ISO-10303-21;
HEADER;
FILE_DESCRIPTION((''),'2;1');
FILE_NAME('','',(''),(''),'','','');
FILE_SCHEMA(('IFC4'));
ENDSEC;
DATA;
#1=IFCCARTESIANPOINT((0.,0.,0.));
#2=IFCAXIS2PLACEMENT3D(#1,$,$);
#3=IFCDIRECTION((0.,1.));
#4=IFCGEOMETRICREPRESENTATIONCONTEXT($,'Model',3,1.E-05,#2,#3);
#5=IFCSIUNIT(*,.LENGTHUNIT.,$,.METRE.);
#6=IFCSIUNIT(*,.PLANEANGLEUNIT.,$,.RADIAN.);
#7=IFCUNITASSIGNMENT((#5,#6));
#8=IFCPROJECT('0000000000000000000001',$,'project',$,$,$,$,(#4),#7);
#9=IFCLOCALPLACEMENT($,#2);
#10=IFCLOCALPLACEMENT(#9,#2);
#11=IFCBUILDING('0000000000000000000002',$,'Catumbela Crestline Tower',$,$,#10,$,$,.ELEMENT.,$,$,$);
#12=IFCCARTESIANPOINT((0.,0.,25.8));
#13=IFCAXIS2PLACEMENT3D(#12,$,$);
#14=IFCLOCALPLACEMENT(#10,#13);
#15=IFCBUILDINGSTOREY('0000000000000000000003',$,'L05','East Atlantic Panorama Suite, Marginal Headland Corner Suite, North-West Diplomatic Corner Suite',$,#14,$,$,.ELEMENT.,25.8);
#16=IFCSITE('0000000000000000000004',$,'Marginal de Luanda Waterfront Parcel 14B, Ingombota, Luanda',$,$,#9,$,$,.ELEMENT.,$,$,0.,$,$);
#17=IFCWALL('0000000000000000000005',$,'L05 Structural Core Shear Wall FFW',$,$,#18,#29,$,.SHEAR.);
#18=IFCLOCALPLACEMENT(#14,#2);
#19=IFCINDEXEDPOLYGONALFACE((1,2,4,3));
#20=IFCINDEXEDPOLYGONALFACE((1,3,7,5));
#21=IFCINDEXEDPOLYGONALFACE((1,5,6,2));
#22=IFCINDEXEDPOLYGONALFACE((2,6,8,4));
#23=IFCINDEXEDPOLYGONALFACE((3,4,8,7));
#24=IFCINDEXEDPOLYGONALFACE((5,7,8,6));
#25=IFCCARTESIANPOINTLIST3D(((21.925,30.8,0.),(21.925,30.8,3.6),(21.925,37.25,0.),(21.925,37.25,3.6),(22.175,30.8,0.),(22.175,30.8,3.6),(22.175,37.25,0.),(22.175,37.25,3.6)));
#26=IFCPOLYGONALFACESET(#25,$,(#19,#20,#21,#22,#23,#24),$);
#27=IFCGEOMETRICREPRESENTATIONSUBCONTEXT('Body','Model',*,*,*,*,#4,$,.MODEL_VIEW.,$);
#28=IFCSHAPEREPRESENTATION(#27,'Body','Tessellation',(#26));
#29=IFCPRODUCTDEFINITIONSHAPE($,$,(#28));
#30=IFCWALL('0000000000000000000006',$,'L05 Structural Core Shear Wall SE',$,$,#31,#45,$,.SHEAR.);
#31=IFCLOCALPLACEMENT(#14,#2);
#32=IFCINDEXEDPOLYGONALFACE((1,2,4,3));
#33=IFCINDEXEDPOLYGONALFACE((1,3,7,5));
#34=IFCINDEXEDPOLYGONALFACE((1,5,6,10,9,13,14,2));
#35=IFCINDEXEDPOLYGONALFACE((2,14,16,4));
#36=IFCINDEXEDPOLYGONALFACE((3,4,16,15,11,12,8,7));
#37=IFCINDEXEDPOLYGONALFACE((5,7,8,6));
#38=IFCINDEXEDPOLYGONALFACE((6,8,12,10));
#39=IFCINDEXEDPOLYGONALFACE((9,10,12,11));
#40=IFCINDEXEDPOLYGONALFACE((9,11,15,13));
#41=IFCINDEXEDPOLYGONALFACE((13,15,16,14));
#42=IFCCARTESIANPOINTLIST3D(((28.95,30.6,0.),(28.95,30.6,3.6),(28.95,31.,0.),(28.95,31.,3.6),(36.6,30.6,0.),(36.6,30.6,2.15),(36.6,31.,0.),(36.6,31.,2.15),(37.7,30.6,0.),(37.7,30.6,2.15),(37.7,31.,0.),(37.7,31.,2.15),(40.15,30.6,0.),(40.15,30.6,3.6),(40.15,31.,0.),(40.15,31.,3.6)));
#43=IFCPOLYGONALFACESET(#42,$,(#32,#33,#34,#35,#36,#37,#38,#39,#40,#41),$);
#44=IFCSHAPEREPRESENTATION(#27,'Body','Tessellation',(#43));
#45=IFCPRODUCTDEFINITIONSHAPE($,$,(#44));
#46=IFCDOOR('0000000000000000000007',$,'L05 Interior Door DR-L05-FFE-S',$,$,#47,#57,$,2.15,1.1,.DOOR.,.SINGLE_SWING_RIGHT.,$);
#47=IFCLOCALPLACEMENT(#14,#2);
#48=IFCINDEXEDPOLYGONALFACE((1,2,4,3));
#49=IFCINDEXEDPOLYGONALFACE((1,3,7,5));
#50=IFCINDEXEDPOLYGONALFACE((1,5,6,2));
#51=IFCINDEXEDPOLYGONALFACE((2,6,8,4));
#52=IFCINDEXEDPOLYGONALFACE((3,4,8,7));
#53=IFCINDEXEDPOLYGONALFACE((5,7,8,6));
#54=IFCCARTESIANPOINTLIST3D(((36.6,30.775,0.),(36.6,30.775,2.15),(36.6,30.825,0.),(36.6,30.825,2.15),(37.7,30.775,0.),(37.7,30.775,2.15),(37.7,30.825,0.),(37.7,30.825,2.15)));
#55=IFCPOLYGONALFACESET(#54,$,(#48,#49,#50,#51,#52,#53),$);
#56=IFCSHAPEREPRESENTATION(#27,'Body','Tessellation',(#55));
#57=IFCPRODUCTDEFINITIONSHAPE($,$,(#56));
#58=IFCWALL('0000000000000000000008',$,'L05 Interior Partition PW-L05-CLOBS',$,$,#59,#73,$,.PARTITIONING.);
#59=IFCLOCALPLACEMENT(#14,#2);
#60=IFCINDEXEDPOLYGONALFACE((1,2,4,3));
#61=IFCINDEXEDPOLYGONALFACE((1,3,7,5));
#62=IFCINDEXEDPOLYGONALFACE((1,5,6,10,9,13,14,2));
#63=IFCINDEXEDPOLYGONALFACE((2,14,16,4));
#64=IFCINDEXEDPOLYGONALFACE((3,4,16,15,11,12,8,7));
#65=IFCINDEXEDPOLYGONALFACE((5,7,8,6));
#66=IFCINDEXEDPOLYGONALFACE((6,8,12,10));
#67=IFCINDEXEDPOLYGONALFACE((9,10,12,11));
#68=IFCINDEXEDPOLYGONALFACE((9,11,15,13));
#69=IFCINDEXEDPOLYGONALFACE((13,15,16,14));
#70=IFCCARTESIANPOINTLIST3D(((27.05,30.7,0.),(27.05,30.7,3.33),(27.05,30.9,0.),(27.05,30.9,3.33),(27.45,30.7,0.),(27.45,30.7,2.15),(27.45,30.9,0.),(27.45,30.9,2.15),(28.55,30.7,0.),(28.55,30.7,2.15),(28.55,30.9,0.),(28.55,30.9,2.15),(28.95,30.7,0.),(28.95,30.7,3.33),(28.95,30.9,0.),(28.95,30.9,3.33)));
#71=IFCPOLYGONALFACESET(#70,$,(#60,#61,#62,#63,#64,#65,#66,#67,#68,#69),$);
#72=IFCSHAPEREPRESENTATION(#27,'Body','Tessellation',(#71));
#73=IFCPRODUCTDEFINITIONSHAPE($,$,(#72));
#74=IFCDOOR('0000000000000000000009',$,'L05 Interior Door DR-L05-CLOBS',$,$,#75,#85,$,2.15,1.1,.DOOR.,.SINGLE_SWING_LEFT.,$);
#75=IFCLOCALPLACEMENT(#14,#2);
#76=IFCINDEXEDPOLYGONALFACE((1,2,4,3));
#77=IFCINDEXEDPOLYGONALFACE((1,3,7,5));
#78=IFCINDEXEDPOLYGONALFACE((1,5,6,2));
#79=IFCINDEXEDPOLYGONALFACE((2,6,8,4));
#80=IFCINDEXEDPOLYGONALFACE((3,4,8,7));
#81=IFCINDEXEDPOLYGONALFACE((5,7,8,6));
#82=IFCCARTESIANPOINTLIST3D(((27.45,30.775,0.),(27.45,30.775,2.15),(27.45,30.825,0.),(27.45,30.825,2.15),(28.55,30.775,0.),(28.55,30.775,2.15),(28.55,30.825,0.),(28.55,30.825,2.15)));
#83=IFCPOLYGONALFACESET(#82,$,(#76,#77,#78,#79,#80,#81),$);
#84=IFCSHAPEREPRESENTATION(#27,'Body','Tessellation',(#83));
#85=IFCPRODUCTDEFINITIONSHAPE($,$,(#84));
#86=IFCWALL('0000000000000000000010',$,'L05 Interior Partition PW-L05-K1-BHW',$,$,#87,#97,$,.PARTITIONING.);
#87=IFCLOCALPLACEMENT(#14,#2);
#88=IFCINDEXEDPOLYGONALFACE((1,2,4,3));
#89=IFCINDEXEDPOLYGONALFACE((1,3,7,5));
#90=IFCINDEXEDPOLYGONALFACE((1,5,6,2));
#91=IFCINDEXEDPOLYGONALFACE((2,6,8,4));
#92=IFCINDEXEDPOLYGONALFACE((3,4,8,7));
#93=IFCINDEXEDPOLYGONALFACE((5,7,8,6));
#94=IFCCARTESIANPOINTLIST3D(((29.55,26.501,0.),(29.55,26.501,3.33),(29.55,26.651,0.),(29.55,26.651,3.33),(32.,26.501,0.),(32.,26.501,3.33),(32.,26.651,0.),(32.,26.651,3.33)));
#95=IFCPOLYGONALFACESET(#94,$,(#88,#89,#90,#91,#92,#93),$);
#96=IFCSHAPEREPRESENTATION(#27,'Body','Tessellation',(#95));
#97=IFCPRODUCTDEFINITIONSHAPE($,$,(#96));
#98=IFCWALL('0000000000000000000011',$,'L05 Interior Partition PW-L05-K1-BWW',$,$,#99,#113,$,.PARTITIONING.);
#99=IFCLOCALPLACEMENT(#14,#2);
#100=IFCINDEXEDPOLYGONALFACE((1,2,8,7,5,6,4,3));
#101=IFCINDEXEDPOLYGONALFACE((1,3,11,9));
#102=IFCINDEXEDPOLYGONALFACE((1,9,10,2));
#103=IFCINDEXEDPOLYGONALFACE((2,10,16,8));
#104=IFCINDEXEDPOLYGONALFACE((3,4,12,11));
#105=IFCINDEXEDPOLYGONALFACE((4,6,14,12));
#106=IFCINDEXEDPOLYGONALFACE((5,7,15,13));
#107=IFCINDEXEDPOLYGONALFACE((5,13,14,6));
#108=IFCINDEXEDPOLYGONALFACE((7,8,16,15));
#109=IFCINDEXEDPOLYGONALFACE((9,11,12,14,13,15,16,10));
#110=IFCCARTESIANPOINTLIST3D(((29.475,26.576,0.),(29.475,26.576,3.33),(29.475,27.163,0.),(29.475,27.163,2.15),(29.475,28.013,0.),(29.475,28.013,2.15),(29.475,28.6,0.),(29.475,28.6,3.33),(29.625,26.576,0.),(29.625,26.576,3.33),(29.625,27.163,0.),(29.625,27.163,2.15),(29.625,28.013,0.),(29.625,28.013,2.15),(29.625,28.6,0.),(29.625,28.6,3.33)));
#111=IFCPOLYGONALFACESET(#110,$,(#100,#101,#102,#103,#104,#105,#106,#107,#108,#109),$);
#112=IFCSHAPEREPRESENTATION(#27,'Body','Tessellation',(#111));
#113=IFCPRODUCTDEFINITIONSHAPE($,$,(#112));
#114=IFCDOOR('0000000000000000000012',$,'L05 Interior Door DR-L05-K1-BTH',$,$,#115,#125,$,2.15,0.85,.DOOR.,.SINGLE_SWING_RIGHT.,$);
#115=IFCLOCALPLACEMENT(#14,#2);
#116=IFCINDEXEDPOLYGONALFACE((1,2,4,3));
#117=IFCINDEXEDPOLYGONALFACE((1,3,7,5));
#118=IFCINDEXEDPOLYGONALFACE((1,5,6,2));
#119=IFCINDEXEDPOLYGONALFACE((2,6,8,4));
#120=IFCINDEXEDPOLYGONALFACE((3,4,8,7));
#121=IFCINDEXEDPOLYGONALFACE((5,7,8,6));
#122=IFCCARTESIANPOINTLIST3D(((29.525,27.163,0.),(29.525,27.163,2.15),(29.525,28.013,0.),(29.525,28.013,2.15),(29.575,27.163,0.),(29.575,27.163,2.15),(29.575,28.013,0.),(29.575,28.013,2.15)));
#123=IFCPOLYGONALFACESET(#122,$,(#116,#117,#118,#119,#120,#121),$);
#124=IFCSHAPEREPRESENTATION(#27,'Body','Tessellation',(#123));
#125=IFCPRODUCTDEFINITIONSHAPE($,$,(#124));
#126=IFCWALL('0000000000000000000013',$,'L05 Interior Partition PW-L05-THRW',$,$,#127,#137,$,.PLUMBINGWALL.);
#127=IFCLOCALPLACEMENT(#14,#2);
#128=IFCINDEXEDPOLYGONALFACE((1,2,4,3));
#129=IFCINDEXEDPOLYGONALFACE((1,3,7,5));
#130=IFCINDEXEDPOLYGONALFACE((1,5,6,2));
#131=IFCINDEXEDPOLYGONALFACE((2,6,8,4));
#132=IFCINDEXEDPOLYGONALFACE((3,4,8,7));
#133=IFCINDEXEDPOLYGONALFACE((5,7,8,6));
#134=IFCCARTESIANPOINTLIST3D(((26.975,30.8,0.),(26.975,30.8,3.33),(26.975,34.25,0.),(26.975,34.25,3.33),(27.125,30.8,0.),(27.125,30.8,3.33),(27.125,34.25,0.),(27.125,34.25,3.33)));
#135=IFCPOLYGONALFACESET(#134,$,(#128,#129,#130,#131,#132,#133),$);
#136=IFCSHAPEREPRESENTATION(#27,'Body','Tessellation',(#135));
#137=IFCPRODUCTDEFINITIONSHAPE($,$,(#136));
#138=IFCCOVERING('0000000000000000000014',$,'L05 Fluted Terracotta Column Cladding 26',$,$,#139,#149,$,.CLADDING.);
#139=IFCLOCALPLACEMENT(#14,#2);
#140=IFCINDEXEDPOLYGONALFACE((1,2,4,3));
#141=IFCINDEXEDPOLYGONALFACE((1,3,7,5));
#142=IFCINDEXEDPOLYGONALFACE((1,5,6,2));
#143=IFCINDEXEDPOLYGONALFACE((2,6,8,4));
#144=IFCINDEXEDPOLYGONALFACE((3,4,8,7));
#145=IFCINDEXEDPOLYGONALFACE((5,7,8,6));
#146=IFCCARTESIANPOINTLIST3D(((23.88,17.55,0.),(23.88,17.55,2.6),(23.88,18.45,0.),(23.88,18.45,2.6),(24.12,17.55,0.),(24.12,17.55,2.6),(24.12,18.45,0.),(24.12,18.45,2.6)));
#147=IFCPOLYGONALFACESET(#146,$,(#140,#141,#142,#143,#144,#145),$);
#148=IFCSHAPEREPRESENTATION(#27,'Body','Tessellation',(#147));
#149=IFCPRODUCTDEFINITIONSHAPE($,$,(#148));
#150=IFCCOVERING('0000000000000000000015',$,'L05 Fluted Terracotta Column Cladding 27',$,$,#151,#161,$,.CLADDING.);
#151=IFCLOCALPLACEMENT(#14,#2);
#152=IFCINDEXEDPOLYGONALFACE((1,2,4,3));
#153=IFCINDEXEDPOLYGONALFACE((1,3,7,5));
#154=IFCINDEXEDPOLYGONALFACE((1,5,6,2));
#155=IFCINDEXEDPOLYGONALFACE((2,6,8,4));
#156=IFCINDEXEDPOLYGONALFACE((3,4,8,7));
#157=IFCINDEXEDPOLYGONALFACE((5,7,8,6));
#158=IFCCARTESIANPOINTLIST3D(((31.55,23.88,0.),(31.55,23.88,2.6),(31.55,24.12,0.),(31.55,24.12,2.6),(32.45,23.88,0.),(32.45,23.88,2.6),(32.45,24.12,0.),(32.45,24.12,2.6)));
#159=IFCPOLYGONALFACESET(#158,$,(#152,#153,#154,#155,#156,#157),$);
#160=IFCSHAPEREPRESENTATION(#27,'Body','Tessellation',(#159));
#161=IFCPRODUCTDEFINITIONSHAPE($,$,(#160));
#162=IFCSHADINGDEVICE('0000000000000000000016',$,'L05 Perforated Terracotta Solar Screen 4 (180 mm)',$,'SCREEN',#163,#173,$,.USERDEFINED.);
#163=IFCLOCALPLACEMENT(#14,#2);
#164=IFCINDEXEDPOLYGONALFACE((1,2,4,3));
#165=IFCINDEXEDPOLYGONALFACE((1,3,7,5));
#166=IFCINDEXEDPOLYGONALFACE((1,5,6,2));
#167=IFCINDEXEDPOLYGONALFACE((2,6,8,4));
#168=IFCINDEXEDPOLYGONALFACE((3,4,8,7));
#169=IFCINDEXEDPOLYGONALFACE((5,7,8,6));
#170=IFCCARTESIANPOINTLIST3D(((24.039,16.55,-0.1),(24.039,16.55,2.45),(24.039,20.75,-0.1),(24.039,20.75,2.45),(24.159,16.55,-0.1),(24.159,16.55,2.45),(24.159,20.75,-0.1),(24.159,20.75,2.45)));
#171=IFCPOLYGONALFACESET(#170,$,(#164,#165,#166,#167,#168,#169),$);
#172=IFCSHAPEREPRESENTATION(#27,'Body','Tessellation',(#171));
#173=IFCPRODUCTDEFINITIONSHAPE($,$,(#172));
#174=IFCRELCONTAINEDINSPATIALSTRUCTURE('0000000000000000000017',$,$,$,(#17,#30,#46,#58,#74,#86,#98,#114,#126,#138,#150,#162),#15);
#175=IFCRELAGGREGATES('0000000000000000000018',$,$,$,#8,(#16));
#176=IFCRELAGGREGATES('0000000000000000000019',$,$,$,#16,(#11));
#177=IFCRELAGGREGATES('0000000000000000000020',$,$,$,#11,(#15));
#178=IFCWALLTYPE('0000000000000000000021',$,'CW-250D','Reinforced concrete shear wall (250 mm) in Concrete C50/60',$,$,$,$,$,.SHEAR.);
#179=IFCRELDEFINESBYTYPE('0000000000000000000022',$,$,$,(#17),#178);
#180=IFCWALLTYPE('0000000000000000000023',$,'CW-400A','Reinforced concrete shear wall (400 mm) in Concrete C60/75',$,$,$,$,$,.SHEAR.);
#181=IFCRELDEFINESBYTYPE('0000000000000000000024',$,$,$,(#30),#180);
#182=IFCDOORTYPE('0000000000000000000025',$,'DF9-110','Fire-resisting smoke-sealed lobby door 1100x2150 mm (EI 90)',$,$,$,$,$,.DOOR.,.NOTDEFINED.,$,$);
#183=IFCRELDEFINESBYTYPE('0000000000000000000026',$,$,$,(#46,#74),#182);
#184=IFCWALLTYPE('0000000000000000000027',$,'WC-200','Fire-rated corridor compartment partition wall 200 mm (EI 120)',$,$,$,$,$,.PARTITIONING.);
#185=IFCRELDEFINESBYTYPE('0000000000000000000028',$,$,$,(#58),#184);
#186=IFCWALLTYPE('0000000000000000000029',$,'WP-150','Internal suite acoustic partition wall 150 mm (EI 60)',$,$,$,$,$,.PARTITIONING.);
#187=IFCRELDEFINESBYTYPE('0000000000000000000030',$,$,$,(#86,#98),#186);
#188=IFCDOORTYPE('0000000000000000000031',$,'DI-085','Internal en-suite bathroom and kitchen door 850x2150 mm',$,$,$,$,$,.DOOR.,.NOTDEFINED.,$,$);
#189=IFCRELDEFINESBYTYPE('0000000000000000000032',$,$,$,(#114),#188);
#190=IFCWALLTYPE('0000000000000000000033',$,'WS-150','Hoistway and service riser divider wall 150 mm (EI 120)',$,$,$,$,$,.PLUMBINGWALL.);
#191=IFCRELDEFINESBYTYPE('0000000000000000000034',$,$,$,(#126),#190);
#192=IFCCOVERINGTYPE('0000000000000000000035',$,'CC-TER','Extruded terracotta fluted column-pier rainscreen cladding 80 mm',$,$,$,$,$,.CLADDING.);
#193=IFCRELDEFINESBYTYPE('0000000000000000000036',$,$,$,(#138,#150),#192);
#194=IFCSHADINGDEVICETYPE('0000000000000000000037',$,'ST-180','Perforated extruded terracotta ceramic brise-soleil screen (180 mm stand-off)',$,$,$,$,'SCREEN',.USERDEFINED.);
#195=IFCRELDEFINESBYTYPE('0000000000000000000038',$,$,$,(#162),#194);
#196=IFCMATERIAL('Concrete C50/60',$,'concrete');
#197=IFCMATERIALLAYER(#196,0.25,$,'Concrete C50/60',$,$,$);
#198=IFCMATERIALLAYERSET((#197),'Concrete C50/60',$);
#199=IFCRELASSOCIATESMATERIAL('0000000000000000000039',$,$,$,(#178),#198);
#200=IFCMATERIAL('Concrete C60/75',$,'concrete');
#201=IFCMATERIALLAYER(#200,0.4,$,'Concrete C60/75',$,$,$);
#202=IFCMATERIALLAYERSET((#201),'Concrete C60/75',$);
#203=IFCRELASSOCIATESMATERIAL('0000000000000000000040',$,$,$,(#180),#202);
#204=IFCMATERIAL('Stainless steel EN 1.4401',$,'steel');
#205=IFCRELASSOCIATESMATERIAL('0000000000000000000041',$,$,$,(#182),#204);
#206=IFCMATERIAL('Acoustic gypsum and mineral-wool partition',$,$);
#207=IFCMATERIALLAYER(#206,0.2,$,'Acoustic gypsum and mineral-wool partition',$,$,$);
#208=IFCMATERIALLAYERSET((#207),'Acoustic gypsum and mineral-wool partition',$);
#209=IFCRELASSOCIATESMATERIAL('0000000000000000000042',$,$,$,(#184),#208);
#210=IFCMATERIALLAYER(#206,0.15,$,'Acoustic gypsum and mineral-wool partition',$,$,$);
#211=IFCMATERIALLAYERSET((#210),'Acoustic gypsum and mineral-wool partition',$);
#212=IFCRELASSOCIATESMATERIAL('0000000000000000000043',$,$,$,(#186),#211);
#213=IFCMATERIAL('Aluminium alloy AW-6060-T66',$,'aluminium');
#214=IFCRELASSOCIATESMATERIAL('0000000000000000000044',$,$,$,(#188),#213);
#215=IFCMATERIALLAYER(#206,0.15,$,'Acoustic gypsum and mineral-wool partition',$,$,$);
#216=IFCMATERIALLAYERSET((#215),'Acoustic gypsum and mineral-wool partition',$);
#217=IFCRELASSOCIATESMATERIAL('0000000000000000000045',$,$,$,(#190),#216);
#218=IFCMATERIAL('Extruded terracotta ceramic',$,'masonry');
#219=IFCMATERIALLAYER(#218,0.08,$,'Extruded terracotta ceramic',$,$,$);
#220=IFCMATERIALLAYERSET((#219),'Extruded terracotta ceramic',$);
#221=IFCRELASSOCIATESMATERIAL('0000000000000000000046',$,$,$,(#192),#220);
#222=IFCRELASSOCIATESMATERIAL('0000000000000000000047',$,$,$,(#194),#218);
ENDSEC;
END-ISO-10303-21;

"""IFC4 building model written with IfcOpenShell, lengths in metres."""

from ifc_helpers import new_model, si_unit, direction, frame, frame_2d, origin, origin_2d, place, context, subcontext, project, spatial, rectangle, extrude, material, layer, layer_set, type_object, element, fill, save


model = new_model("IFC4")

# Units and contexts
model_context = context("Model", 3, precision=1e-05, world=origin(), true_north=direction((0.0, 1.0)))
body_context = subcontext(model_context, "Body", "Model", "MODEL_VIEW")
ifc_project = project(units=[si_unit("LENGTHUNIT", "METRE"), si_unit("PLANEANGLEUNIT", "RADIAN")], contexts=[model_context])

# Site, building, storey
site_placement = place(None, origin())
site = spatial("IfcSite", under=ifc_project, at=site_placement, Name="Marginal de Luanda Waterfront Parcel 14B, Ingombota, Luanda", CompositionType="ELEMENT", RefElevation=0.0)
building_placement = place(site_placement, origin())
building = spatial("IfcBuilding", under=site, at=building_placement, Name="Catumbela Crestline Tower", CompositionType="ELEMENT")
storey_placement = place(building_placement, frame((0.0, 0.0, 25.8)))
storey = spatial("IfcBuildingStorey", under=building, at=storey_placement, Name="L05", Description="East Atlantic Panorama Suite, Marginal Headland Corner Suite, North-West Diplomatic Corner Suite", CompositionType="ELEMENT", Elevation=25.8)

# Shared definitions
ifc_material_1 = material(Name="Concrete C60/75", Category="concrete")

# Shared definitions
ifc_material_2 = material(Name="Aluminium alloy AW-6060-T66", Category="aluminium")

# Wall
ifc_material_3 = material(Name="Concrete C50/60", Category="concrete")
ifc_layer_1 = layer(ifc_material_3, 0.25, Name="Concrete C50/60")
ifc_layer_set_1 = layer_set([ifc_layer_1], Name="Concrete C50/60")
wall_type_1 = type_object("IfcWallType", Name="CW-250D", Description="Reinforced concrete shear wall (250 mm) in Concrete C50/60", PredefinedType="SHEAR", material=ifc_layer_set_1)
wall_1_placement = place(storey_placement, frame((22.05, 30.8, 0.0), z_axis=(0.0, 0.0, 1.0), x_axis=(0.0, 1.0, 0.0)))
element("IfcWall", 1, at=wall_1_placement, inside=storey, type_object=wall_type_1, Name="L05 Structural Core Shear Wall FFW", PredefinedType="SHEAR", context=body_context, shape_type="SweptSolid", body=[
    extrude(rectangle(XDim=6.45, YDim=0.25, at=frame_2d((3.225, 0.0))), origin(), (0.0, 0.0, 1.0), 3.6),
])

# Walls, openings, doors
ifc_layer_2 = layer(ifc_material_1, 0.4, Name="Concrete C60/75")
ifc_layer_set_2 = layer_set([ifc_layer_2], Name="Concrete C60/75")
wall_type_2 = type_object("IfcWallType", Name="CW-400A", Description="Reinforced concrete shear wall (400 mm) in Concrete C60/75", PredefinedType="SHEAR", material=ifc_layer_set_2)
wall_2_placement = place(storey_placement, frame((28.95, 30.8, 0.0), z_axis=(0.0, 0.0, 1.0), x_axis=(1.0, 0.0, 0.0)))
wall_2 = element("IfcWall", 2, at=wall_2_placement, inside=storey, type_object=wall_type_2, Name="L05 Structural Core Shear Wall SE", PredefinedType="SHEAR", context=body_context, shape_type="SweptSolid", body=[
    extrude(rectangle(XDim=11.2, YDim=0.4, at=frame_2d((5.6, 0.0))), origin(), (0.0, 0.0, 1.0), 3.6),
])
opening_1_placement = place(wall_2_placement, frame((7.65, 0.0, 0.0)))
opening_1 = element("IfcOpeningElement", 3, at=opening_1_placement, cuts=wall_2, PredefinedType="OPENING", context=body_context, shape_type="SweptSolid", body=[
    extrude(rectangle(XDim=1.1, YDim=2.15, at=frame_2d((0.55, 1.075))), frame((0.0, 0.21, 0.0), z_axis=(0.0, -1.0, 0.0), x_axis=(1.0, 0.0, 0.0)), (0.0, 0.0, 1.0), 0.42),
])
ifc_material_4 = material(Name="Stainless steel EN 1.4401", Category="steel")
door_type_1 = type_object("IfcDoorType", Name="DF9-110", Description="Fire-resisting smoke-sealed lobby door 1100x2150 mm (EI 90)", OperationType="NOTDEFINED", PredefinedType="DOOR", material=ifc_material_4)
door_1_placement = place(opening_1_placement, origin())
door_1 = element("IfcDoor", 4, at=door_1_placement, inside=storey, type_object=door_type_1, Name="L05 Interior Door DR-L05-FFE-S", OperationType="SINGLE_SWING_RIGHT", OverallHeight=2.15, OverallWidth=1.1, PredefinedType="DOOR", context=body_context, shape_type="SweptSolid", body=[
    extrude(rectangle(XDim=1.1, YDim=2.15, at=frame_2d((0.55, 1.075))), frame((0.0, 0.025, 0.0), z_axis=(0.0, -1.0, 0.0), x_axis=(1.0, 0.0, 0.0)), (0.0, 0.0, 1.0), 0.05),
])
fill(opening_1, door_1)
ifc_material_5 = material(Name="Acoustic gypsum and mineral-wool partition")
ifc_layer_3 = layer(ifc_material_5, 0.2, Name="Acoustic gypsum and mineral-wool partition")
ifc_layer_set_3 = layer_set([ifc_layer_3], Name="Acoustic gypsum and mineral-wool partition")
wall_type_3 = type_object("IfcWallType", Name="WC-200", Description="Fire-rated corridor compartment partition wall 200 mm (EI 120)", PredefinedType="PARTITIONING", material=ifc_layer_set_3)
wall_3_placement = place(storey_placement, frame((27.05, 30.8, 0.0), z_axis=(0.0, 0.0, 1.0), x_axis=(1.0, 0.0, 0.0)))
wall_3 = element("IfcWall", 5, at=wall_3_placement, inside=storey, type_object=wall_type_3, Name="L05 Interior Partition PW-L05-CLOBS", PredefinedType="PARTITIONING", context=body_context, shape_type="SweptSolid", body=[
    extrude(rectangle(XDim=1.9, YDim=0.2, at=frame_2d((0.95, 0.0))), origin(), (0.0, 0.0, 1.0), 3.33),
])
opening_2_placement = place(wall_3_placement, frame((0.4, 0.0, 0.0)))
opening_2 = element("IfcOpeningElement", 6, at=opening_2_placement, cuts=wall_3, PredefinedType="OPENING", context=body_context, shape_type="SweptSolid", body=[
    extrude(rectangle(XDim=1.1, YDim=2.15, at=frame_2d((0.55, 1.075))), frame((0.0, 0.11, 0.0), z_axis=(0.0, -1.0, 0.0), x_axis=(1.0, 0.0, 0.0)), (0.0, 0.0, 1.0), 0.22),
])
door_2_placement = place(opening_2_placement, origin())
door_2 = element("IfcDoor", 7, at=door_2_placement, inside=storey, type_object=door_type_1, Name="L05 Interior Door DR-L05-CLOBS", OperationType="SINGLE_SWING_LEFT", OverallHeight=2.15, OverallWidth=1.1, PredefinedType="DOOR", context=body_context, shape_type="SweptSolid", body=[
    extrude(rectangle(XDim=1.1, YDim=2.15, at=frame_2d((0.55, 1.075))), frame((0.0, 0.025, 0.0), z_axis=(0.0, -1.0, 0.0), x_axis=(1.0, 0.0, 0.0)), (0.0, 0.0, 1.0), 0.05),
])
fill(opening_2, door_2)

# Wall
ifc_layer_4 = layer(ifc_material_5, 0.15, Name="Acoustic gypsum and mineral-wool partition")
ifc_layer_set_4 = layer_set([ifc_layer_4], Name="Acoustic gypsum and mineral-wool partition")
wall_type_4 = type_object("IfcWallType", Name="WP-150", Description="Internal suite acoustic partition wall 150 mm (EI 60)", PredefinedType="PARTITIONING", material=ifc_layer_set_4)
wall_4_placement = place(storey_placement, frame((29.55, 26.576, 0.0), z_axis=(0.0, 0.0, 1.0), x_axis=(1.0, 0.0, 0.0)))
element("IfcWall", 8, at=wall_4_placement, inside=storey, type_object=wall_type_4, Name="L05 Interior Partition PW-L05-K1-BHW", PredefinedType="PARTITIONING", context=body_context, shape_type="SweptSolid", body=[
    extrude(rectangle(XDim=2.45, YDim=0.15, at=frame_2d((1.225, 0.0))), origin(), (0.0, 0.0, 1.0), 3.33),
])

# Wall, opening, door
wall_5_placement = place(storey_placement, frame((29.55, 26.576, 0.0), z_axis=(0.0, 0.0, 1.0), x_axis=(0.0, 1.0, 0.0)))
wall_5 = element("IfcWall", 9, at=wall_5_placement, inside=storey, type_object=wall_type_4, Name="L05 Interior Partition PW-L05-K1-BWW", PredefinedType="PARTITIONING", context=body_context, shape_type="SweptSolid", body=[
    extrude(rectangle(XDim=2.024, YDim=0.15, at=frame_2d((1.012, 0.0))), origin(), (0.0, 0.0, 1.0), 3.33),
])
opening_3_placement = place(wall_5_placement, frame((0.587, 0.0, 0.0)))
opening_3 = element("IfcOpeningElement", 10, at=opening_3_placement, cuts=wall_5, PredefinedType="OPENING", context=body_context, shape_type="SweptSolid", body=[
    extrude(rectangle(XDim=0.85, YDim=2.15, at=frame_2d((0.425, 1.075))), frame((0.0, 0.085, 0.0), z_axis=(0.0, -1.0, 0.0), x_axis=(1.0, 0.0, 0.0)), (0.0, 0.0, 1.0), 0.17),
])
door_type_2 = type_object("IfcDoorType", Name="DI-085", Description="Internal en-suite bathroom and kitchen door 850x2150 mm", OperationType="NOTDEFINED", PredefinedType="DOOR", material=ifc_material_2)
door_3_placement = place(opening_3_placement, origin())
door_3 = element("IfcDoor", 11, at=door_3_placement, inside=storey, type_object=door_type_2, Name="L05 Interior Door DR-L05-K1-BTH", OperationType="SINGLE_SWING_RIGHT", OverallHeight=2.15, OverallWidth=0.85, PredefinedType="DOOR", context=body_context, shape_type="SweptSolid", body=[
    extrude(rectangle(XDim=0.85, YDim=2.15, at=frame_2d((0.425, 1.075))), frame((0.0, 0.025, 0.0), z_axis=(0.0, -1.0, 0.0), x_axis=(1.0, 0.0, 0.0)), (0.0, 0.0, 1.0), 0.05),
])
fill(opening_3, door_3)

# Wall
ifc_layer_5 = layer(ifc_material_5, 0.15, Name="Acoustic gypsum and mineral-wool partition")
ifc_layer_set_5 = layer_set([ifc_layer_5], Name="Acoustic gypsum and mineral-wool partition")
wall_type_5 = type_object("IfcWallType", Name="WS-150", Description="Hoistway and service riser divider wall 150 mm (EI 120)", PredefinedType="PLUMBINGWALL", material=ifc_layer_set_5)
wall_6_placement = place(storey_placement, frame((27.05, 30.8, 0.0), z_axis=(0.0, 0.0, 1.0), x_axis=(0.0, 1.0, 0.0)))
element("IfcWall", 12, at=wall_6_placement, inside=storey, type_object=wall_type_5, Name="L05 Interior Partition PW-L05-THRW", PredefinedType="PLUMBINGWALL", context=body_context, shape_type="SweptSolid", body=[
    extrude(rectangle(XDim=3.45, YDim=0.15, at=frame_2d((1.725, 0.0))), origin(), (0.0, 0.0, 1.0), 3.33),
])

# Coverings
ifc_material_6 = material(Name="Extruded terracotta ceramic", Category="masonry")
ifc_layer_6 = layer(ifc_material_6, 0.08, Name="Extruded terracotta ceramic")
ifc_layer_set_6 = layer_set([ifc_layer_6], Name="Extruded terracotta ceramic")
covering_type = type_object("IfcCoveringType", Name="CC-TER", Description="Extruded terracotta fluted column-pier rainscreen cladding 80 mm", PredefinedType="CLADDING", material=ifc_layer_set_6)
for number, where, z_axis, x_axis, name in (
    (13, (24.0, 18.0, 0.0), (0.0, 0.0, 1.0), (0.0, 1.0, 0.0), "L05 Fluted Terracotta Column Cladding 26"),
    (14, (32.0, 24.0, 0.0), (0.0, 0.0, 1.0), (1.0, 0.0, 0.0), "L05 Fluted Terracotta Column Cladding 27"),
):
    element("IfcCovering", number, at=place(storey_placement, frame(where, z_axis=z_axis, x_axis=x_axis)), inside=storey, type_object=covering_type, Name=name, PredefinedType="CLADDING", context=body_context, shape_type="SweptSolid", body=[
        extrude(rectangle(XDim=0.9, YDim=0.24, at=origin_2d()), origin(), (0.0, 0.0, 1.0), 2.6),
    ])

# Shading device
shading_device_type = type_object("IfcShadingDeviceType", Name="ST-180", Description="Perforated extruded terracotta ceramic brise-soleil screen (180 mm stand-off)", ElementType="SCREEN", PredefinedType="USERDEFINED", material=ifc_material_6)
for number, where, z_axis, x_axis, name in (
    (15, (24.099, 18.65, -0.1), (0.0, 0.0, 1.0), (0.0, 1.0, 0.0), "L05 Perforated Terracotta Solar Screen 4 (180 mm)"),
):
    element("IfcShadingDevice", number, at=place(storey_placement, frame(where, z_axis=z_axis, x_axis=x_axis)), inside=storey, type_object=shading_device_type, Name=name, ObjectType="SCREEN", PredefinedType="USERDEFINED", context=body_context, shape_type="SweptSolid", body=[
        extrude(rectangle(XDim=4.2, YDim=0.12, at=origin_2d()), origin(), (0.0, 0.0, 1.0), 2.55),
    ])

save(model, "model.ifc")
